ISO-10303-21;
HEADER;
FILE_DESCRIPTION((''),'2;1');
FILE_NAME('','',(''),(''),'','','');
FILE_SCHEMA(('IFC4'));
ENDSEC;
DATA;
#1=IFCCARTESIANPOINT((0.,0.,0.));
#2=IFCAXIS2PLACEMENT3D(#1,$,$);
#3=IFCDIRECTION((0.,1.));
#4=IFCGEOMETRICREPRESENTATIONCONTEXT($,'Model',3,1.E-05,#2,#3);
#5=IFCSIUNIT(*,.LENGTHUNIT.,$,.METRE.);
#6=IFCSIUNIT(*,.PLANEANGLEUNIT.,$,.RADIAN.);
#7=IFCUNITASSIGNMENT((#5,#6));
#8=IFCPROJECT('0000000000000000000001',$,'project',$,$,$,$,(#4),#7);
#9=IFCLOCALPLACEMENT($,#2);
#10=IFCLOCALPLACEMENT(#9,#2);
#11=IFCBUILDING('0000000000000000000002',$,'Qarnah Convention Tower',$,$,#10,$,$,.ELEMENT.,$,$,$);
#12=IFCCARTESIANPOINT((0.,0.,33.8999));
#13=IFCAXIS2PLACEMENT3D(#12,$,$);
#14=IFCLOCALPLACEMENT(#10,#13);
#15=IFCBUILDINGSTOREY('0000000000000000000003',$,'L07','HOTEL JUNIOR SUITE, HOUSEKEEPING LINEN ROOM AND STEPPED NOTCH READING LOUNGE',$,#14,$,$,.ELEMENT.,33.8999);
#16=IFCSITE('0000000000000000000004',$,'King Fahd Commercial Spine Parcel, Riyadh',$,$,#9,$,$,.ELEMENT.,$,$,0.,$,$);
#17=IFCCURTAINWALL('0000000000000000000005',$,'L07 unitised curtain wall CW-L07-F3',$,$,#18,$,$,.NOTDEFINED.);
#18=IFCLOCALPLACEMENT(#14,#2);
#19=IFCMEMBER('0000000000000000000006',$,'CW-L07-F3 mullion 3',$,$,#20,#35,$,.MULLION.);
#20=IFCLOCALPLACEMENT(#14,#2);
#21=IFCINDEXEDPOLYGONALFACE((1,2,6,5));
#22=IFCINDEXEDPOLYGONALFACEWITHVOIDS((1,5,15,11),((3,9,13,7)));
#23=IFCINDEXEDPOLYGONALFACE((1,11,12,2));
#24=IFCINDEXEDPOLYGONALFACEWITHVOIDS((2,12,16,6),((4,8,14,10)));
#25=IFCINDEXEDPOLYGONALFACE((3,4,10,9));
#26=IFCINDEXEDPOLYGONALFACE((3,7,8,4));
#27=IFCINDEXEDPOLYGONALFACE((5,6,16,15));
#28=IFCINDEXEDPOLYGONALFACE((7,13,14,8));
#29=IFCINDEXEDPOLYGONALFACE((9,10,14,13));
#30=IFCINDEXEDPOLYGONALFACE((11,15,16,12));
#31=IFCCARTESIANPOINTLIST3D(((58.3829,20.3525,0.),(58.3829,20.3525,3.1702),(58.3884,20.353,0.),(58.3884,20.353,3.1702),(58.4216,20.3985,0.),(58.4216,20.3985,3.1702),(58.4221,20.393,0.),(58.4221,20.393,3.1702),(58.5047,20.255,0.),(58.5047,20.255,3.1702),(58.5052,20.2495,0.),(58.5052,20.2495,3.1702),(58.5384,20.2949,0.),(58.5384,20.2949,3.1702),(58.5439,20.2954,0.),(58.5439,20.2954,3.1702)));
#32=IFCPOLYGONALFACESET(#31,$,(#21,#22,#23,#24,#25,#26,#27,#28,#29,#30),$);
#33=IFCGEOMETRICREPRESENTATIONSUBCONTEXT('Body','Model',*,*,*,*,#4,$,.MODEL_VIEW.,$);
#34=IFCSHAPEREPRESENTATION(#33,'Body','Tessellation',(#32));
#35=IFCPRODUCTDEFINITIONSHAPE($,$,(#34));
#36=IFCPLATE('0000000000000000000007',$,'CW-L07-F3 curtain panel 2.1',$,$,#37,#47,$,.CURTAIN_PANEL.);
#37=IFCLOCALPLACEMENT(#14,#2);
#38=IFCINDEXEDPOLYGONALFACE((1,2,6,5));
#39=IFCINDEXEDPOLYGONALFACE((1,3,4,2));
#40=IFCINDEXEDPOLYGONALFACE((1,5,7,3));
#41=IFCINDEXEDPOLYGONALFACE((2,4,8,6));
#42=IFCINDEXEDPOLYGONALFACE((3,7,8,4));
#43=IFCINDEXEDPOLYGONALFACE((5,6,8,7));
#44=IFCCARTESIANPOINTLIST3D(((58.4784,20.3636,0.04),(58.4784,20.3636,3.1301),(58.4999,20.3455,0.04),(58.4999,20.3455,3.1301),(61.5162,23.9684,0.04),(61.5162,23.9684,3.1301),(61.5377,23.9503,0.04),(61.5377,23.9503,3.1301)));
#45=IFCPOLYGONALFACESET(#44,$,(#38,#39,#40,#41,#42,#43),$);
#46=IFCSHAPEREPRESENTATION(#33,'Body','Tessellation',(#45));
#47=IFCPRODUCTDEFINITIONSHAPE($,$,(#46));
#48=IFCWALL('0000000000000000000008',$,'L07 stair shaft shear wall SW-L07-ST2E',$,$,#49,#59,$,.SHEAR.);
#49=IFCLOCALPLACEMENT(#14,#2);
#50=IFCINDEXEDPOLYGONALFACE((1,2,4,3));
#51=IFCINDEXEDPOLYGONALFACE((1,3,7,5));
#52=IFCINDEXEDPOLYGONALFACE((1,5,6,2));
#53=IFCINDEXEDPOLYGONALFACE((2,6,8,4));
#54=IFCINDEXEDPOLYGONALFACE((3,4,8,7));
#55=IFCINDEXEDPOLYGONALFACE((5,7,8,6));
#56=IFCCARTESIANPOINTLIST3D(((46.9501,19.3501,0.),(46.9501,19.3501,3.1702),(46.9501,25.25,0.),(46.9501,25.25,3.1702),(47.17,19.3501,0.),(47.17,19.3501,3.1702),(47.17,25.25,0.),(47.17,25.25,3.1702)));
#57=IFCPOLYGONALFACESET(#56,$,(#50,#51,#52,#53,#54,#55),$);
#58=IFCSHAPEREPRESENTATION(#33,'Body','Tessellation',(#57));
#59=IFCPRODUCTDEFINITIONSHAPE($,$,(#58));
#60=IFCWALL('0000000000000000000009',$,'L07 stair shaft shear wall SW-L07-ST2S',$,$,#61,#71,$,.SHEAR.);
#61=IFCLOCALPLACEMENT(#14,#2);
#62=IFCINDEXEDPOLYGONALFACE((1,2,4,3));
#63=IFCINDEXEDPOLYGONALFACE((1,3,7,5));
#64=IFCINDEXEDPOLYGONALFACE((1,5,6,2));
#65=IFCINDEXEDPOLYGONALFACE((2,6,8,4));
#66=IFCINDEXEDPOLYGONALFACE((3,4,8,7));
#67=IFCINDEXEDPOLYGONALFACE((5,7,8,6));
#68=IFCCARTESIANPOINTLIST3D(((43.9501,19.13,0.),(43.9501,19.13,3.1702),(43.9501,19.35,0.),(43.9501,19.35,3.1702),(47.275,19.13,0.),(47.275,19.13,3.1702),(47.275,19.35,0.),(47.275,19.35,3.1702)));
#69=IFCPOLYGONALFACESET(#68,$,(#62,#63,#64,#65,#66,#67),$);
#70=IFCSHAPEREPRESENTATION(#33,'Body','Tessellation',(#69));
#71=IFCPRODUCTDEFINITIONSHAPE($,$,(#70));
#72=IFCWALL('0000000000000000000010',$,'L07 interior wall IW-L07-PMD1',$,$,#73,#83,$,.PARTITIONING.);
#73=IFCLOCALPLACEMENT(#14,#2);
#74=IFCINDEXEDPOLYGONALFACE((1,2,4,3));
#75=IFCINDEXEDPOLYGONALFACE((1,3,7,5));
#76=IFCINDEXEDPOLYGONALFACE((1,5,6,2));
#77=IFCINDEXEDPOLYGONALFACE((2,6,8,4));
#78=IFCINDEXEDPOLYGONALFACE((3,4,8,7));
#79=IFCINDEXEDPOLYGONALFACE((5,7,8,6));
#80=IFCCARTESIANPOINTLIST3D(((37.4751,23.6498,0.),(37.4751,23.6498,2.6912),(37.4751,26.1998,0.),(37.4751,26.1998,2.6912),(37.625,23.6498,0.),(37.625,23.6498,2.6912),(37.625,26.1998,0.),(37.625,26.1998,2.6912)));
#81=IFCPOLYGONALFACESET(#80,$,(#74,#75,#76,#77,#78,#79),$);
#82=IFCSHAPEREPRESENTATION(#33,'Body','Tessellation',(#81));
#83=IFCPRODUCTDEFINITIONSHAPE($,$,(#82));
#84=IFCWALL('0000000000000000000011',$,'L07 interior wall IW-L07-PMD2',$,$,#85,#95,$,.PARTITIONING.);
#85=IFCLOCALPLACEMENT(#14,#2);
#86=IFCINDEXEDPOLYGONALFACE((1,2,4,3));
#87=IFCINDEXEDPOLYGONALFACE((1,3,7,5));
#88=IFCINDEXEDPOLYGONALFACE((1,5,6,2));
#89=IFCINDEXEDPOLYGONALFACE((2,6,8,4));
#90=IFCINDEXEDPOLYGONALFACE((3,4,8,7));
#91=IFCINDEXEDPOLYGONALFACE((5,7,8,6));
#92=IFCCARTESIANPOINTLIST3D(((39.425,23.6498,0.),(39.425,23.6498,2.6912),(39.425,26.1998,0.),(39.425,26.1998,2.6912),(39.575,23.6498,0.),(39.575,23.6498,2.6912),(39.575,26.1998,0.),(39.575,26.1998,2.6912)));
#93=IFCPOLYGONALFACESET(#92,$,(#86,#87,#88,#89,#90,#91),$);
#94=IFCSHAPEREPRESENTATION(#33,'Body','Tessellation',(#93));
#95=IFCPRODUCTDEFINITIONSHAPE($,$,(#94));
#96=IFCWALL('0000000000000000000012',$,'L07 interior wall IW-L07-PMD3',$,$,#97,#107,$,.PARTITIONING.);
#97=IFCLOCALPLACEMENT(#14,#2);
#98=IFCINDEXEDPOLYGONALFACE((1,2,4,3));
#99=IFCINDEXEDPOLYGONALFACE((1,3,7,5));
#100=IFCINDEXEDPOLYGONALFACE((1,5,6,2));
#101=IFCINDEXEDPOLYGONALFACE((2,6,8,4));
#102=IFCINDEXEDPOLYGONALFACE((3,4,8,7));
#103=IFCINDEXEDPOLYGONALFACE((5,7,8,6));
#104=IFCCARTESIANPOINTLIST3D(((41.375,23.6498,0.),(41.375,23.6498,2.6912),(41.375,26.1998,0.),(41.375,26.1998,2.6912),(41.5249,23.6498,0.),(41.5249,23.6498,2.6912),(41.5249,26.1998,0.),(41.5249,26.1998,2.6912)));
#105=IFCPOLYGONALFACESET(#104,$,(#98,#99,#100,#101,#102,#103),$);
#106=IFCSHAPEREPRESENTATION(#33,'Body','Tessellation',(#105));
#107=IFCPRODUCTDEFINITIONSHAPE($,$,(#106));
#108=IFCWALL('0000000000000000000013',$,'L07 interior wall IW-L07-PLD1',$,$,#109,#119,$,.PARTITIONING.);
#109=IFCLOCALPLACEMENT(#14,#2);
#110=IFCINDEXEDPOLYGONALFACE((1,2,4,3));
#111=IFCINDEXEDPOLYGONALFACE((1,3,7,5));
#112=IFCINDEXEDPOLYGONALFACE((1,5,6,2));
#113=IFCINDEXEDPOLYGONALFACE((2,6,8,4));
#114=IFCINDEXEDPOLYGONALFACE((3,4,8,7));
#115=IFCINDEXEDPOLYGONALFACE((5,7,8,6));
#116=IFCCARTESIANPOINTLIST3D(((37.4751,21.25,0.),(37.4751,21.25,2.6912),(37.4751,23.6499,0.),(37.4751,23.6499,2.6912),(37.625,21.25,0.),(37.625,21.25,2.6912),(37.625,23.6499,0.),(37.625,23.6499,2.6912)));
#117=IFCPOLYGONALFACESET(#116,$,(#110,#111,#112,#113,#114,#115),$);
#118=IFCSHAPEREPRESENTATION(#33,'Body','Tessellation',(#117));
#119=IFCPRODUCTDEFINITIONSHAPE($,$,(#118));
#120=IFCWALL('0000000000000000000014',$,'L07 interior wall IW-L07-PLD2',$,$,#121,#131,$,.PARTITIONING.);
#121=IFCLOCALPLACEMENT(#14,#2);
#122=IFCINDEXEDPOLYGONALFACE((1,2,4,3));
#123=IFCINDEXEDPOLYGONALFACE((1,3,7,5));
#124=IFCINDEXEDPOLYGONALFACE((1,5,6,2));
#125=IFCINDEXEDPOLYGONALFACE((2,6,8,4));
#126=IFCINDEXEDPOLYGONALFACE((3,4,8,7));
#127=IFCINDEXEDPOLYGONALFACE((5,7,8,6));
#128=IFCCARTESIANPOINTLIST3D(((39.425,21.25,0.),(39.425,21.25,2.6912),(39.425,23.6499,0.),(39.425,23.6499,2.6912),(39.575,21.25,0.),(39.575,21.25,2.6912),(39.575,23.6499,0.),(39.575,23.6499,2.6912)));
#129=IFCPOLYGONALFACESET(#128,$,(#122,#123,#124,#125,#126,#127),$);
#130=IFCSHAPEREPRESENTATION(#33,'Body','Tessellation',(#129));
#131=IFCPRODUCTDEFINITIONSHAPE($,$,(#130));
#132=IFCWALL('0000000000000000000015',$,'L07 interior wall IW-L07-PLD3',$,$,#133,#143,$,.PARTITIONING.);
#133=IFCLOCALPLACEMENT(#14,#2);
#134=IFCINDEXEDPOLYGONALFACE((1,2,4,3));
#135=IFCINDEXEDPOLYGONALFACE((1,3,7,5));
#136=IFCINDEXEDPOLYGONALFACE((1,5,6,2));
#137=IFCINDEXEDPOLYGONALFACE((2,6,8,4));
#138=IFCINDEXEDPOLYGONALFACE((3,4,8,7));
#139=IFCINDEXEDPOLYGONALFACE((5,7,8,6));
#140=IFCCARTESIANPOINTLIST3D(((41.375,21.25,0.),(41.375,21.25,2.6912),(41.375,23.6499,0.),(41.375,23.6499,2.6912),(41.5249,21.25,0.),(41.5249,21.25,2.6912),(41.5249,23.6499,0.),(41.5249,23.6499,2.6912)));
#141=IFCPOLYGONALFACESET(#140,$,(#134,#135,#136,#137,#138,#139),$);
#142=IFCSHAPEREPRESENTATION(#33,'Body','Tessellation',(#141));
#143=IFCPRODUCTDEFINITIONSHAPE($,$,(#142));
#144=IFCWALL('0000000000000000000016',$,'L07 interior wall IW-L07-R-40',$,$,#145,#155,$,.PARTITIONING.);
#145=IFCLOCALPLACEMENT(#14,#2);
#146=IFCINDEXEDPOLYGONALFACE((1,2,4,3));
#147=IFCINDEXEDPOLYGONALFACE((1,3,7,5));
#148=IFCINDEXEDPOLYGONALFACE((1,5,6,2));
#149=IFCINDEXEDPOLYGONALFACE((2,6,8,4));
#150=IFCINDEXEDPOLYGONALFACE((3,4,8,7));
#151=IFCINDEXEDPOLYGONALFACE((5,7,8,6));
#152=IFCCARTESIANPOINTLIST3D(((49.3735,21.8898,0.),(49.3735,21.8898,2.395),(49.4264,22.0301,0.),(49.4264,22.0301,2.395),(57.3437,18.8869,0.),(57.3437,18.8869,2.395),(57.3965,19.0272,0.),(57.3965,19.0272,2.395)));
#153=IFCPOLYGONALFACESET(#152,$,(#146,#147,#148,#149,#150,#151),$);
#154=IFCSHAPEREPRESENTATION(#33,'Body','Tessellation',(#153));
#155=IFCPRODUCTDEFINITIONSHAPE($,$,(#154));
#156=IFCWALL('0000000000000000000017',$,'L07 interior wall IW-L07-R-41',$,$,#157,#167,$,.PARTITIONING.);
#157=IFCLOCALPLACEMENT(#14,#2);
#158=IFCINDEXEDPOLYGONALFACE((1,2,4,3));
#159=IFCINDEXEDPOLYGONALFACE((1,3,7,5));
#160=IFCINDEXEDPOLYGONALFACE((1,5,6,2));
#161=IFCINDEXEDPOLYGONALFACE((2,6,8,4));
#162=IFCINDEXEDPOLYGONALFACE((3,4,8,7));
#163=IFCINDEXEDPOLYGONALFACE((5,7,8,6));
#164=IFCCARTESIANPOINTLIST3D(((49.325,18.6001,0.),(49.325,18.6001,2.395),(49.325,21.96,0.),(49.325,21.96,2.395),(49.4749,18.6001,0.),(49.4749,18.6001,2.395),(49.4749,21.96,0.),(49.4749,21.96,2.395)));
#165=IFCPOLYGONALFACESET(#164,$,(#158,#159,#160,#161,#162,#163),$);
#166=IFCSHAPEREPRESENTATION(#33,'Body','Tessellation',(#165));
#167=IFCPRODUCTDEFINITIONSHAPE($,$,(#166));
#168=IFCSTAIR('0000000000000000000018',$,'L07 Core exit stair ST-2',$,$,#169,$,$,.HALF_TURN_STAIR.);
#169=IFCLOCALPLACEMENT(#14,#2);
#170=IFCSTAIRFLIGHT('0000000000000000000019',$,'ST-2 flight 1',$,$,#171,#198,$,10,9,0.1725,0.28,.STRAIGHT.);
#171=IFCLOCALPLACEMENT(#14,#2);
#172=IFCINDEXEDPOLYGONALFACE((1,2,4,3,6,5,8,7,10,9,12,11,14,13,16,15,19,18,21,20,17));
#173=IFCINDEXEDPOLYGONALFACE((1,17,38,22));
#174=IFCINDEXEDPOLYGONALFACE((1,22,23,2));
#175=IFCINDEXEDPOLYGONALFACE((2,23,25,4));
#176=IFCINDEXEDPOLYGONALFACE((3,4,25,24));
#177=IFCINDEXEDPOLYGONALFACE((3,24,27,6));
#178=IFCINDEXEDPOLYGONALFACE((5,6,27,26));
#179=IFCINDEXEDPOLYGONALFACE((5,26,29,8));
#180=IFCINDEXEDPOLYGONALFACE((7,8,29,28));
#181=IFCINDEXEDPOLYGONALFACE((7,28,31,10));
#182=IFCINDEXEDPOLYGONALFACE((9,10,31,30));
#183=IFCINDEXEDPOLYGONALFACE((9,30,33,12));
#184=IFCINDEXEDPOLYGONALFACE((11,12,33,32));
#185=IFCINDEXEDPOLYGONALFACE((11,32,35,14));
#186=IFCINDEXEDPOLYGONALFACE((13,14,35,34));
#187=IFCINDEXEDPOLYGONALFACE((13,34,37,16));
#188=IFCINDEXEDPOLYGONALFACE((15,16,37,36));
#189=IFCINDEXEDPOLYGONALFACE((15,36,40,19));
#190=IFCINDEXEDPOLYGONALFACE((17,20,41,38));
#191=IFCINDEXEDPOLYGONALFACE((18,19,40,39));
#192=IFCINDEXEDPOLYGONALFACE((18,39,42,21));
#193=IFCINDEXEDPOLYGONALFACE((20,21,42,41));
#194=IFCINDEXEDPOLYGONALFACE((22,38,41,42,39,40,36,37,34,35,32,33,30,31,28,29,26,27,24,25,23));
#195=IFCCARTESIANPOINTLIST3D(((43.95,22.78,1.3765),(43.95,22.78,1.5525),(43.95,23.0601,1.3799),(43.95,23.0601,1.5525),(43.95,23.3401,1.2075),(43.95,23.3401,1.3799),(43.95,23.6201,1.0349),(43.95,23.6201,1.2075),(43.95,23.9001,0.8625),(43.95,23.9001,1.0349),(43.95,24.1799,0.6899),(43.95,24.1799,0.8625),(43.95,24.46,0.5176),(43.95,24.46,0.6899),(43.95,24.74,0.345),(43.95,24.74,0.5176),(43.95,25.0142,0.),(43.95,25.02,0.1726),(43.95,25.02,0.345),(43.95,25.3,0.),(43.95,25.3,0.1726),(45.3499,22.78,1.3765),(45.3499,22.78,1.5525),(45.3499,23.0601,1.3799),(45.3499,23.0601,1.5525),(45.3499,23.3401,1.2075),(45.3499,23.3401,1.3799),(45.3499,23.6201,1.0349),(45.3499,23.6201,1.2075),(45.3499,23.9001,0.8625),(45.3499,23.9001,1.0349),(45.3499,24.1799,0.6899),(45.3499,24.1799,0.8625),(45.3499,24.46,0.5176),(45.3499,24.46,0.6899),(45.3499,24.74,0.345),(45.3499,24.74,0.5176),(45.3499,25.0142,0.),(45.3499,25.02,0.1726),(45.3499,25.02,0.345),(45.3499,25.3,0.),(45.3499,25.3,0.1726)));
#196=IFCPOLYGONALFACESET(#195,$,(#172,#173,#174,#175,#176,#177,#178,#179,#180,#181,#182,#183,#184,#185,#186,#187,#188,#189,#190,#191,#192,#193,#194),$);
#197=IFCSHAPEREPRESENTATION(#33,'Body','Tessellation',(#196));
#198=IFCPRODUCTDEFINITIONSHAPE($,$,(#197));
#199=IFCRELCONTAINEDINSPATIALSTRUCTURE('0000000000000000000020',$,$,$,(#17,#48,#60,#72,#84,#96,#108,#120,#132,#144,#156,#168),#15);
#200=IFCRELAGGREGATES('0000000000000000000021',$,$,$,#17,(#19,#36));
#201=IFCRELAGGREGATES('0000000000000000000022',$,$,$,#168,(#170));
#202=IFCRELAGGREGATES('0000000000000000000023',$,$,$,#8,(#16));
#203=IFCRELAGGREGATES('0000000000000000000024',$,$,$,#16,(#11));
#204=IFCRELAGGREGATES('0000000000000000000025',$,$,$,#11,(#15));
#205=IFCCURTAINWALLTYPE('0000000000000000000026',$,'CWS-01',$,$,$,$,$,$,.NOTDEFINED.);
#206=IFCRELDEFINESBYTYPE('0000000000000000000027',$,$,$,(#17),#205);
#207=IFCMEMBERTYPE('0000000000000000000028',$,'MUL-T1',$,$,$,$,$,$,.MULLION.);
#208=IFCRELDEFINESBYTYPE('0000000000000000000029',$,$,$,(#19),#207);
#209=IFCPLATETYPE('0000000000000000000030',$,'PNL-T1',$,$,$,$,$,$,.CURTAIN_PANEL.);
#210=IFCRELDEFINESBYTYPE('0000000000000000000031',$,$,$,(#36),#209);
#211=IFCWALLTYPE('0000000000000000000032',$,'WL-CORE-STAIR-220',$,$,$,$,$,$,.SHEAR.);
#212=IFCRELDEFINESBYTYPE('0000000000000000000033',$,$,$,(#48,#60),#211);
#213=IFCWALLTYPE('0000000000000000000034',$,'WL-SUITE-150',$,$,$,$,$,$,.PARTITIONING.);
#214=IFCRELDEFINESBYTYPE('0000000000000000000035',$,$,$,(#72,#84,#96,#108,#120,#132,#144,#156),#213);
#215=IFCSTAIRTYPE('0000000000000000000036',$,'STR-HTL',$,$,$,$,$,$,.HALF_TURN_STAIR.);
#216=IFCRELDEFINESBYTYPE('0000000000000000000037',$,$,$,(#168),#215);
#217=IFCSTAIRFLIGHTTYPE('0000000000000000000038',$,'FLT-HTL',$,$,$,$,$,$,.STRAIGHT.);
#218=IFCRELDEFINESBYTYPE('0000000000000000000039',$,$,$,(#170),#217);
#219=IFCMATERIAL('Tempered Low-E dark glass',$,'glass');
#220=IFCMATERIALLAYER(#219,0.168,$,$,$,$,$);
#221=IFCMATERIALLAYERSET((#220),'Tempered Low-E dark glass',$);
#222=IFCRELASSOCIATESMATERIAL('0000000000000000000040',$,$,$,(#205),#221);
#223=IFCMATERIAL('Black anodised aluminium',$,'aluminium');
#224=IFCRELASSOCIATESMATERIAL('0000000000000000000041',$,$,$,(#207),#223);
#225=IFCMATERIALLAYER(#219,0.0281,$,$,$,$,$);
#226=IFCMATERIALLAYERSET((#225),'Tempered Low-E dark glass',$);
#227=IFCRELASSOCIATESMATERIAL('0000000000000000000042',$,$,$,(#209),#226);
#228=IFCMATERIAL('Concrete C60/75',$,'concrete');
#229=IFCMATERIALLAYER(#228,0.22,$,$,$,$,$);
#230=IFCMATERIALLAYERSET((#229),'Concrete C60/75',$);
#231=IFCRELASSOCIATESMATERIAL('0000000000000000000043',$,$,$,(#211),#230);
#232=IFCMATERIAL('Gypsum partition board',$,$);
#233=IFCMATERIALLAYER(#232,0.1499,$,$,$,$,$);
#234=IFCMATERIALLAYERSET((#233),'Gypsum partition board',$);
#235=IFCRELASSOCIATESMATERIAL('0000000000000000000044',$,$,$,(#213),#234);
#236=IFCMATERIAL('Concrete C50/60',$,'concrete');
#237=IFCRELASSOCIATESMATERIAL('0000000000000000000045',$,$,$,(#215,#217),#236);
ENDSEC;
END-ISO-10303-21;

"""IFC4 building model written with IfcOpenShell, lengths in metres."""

from ifc_helpers import new_model, si_unit, direction, frame, frame_2d, origin, origin_2d, place, context, subcontext, project, spatial, polyline, rectangle, hollow_rectangle, outline, extrude, material, layer, layer_set, material_profile, profile_set, type_object, element, aggregate, save


model = new_model("IFC4")

# Units and contexts
model_context = context("Model", 3, precision=1e-05, world=origin(), true_north=direction((0.0, 1.0)))
body_context = subcontext(model_context, "Body", "Model", "MODEL_VIEW")
ifc_project = project(units=[si_unit("LENGTHUNIT", "METRE"), si_unit("PLANEANGLEUNIT", "RADIAN")], contexts=[model_context])

# Site, building, storey
site_placement = place(None, origin())
site = spatial("IfcSite", under=ifc_project, at=site_placement, Name="King Fahd Commercial Spine Parcel, Riyadh", CompositionType="ELEMENT", RefElevation=0.0)
building_placement = place(site_placement, origin())
building = spatial("IfcBuilding", under=site, at=building_placement, Name="Qarnah Convention Tower", CompositionType="ELEMENT")
storey_placement = place(building_placement, frame((0.0, 0.0, 33.8999)))
storey = spatial("IfcBuildingStorey", under=building, at=storey_placement, Name="L07", Description="HOTEL JUNIOR SUITE, HOUSEKEEPING LINEN ROOM AND STEPPED NOTCH READING LOUNGE", CompositionType="ELEMENT", Elevation=33.8999)

# Shared definitions
ifc_material_1 = material(Name="Concrete C60/75", Category="concrete")

# Curtain wall, member, plate
ifc_material_2 = material(Name="Tempered Low-E dark glass", Category="glass")
ifc_layer_1 = layer(ifc_material_2, 0.168)
ifc_layer_set_1 = layer_set([ifc_layer_1], Name="Tempered Low-E dark glass")
curtain_wall_type = type_object("IfcCurtainWallType", Name="CWS-01", PredefinedType="NOTDEFINED", material=ifc_layer_set_1)
curtain_wall_placement = place(storey_placement, origin())
curtain_wall = element("IfcCurtainWall", 1, at=curtain_wall_placement, inside=storey, type_object=curtain_wall_type, Name="L07 unitised curtain wall CW-L07-F3", PredefinedType="NOTDEFINED")
ifc_material_3 = material(Name="Black anodised aluminium", Category="aluminium")
ifc_material_profile_1 = material_profile(ifc_material_3, hollow_rectangle(XDim=0.0601, YDim=0.1599, WallThickness=0.0039, at=origin_2d()), Name="MUL-60X160")
ifc_profile_set_1 = profile_set([ifc_material_profile_1], Name="Black anodised aluminium")
member_type = type_object("IfcMemberType", Name="MUL-T1", PredefinedType="MULLION", material=ifc_profile_set_1)
member_1_placement = place(storey_placement, frame((58.4634, 20.324, 0.0), z_axis=(0.0, 0.0, 1.0), x_axis=(-0.644401, -0.764688, 0.0)))
member_1 = element("IfcMember", 2, at=member_1_placement, type_object=member_type, Name="CW-L07-F3 mullion 3", PredefinedType="MULLION", context=body_context, shape_type="SweptSolid", body=[
    extrude(hollow_rectangle(XDim=0.0601, YDim=0.1599, WallThickness=0.0039, at=origin_2d()), origin(), (0.0, 0.0, 1.0), 3.1702),
])
ifc_layer_2 = layer(ifc_material_2, 0.0281)
ifc_layer_set_2 = layer_set([ifc_layer_2], Name="Tempered Low-E dark glass")
plate_type = type_object("IfcPlateType", Name="PNL-T1", PredefinedType="CURTAIN_PANEL", material=ifc_layer_set_2)
plate_placement = place(storey_placement, frame((60.0081, 22.157, 0.04), z_axis=(0.0, 0.0, 1.0), x_axis=(-0.644401, -0.764688, 0.0)))
plate = element("IfcPlate", 3, at=plate_placement, type_object=plate_type, Name="CW-L07-F3 curtain panel 2.1", PredefinedType="CURTAIN_PANEL", context=body_context, shape_type="SweptSolid", body=[
    extrude(rectangle(XDim=4.7141, YDim=0.0281, at=origin_2d()), origin(), (0.0, 0.0, 1.0), 3.0901),
])
aggregate(curtain_wall, [member_1, plate])

# Walls
ifc_layer_3 = layer(ifc_material_1, 0.22)
ifc_layer_set_3 = layer_set([ifc_layer_3], Name="Concrete C60/75")
wall_type_1 = type_object("IfcWallType", Name="WL-CORE-STAIR-220", PredefinedType="SHEAR", material=ifc_layer_set_3)
wall_1_placement = place(storey_placement, frame((47.0601, 19.3501, 0.0), z_axis=(0.0, 0.0, 1.0), x_axis=(0.0, 1.0, 0.0)))
element("IfcWall", 4, at=wall_1_placement, inside=storey, type_object=wall_type_1, Name="L07 stair shaft shear wall SW-L07-ST2E", PredefinedType="SHEAR", context=body_context, shape_type="SweptSolid", body=[
    extrude(rectangle(XDim=5.8999, YDim=0.22, at=frame_2d((2.95, 0.0))), origin(), (0.0, 0.0, 1.0), 3.1702),
])
wall_2_placement = place(storey_placement, frame((43.95, 19.24, 0.0), z_axis=(0.0, 0.0, 1.0), x_axis=(1.0, 0.0, 0.0)))
element("IfcWall", 5, at=wall_2_placement, inside=storey, type_object=wall_type_1, Name="L07 stair shaft shear wall SW-L07-ST2S", PredefinedType="SHEAR", context=body_context, shape_type="SweptSolid", body=[
    extrude(rectangle(XDim=3.325, YDim=0.22, at=frame_2d((1.6626, 0.0))), origin(), (0.0, 0.0, 1.0), 3.1702),
])
ifc_material_4 = material(Name="Gypsum partition board")
ifc_layer_4 = layer(ifc_material_4, 0.1499)
ifc_layer_set_4 = layer_set([ifc_layer_4], Name="Gypsum partition board")
wall_type_2 = type_object("IfcWallType", Name="WL-SUITE-150", PredefinedType="PARTITIONING", material=ifc_layer_set_4)
for number, where, z_axis, x_axis, name in (
    (6, (37.55, 23.6499, 0.0), (0.0, 0.0, 1.0), (0.0, 1.0, 0.0), "L07 interior wall IW-L07-PMD1"),
    (7, (39.5, 23.6499, 0.0), (0.0, 0.0, 1.0), (0.0, 1.0, 0.0), "L07 interior wall IW-L07-PMD2"),
    (8, (41.45, 23.6499, 0.0), (0.0, 0.0, 1.0), (0.0, 1.0, 0.0), "L07 interior wall IW-L07-PMD3"),
):
    element("IfcWall", number, at=place(storey_placement, frame(where, z_axis=z_axis, x_axis=x_axis)), inside=storey, type_object=wall_type_2, Name=name, PredefinedType="PARTITIONING", context=body_context, shape_type="SweptSolid", body=[
        extrude(rectangle(XDim=2.55, YDim=0.1499, at=frame_2d((1.2749, 0.0))), origin(), (0.0, 0.0, 1.0), 2.6912),
    ])
for number, where, z_axis, x_axis, name in (
    (9, (37.55, 21.25, 0.0), (0.0, 0.0, 1.0), (0.0, 1.0, 0.0), "L07 interior wall IW-L07-PLD1"),
    (10, (39.5, 21.25, 0.0), (0.0, 0.0, 1.0), (0.0, 1.0, 0.0), "L07 interior wall IW-L07-PLD2"),
    (11, (41.45, 21.25, 0.0), (0.0, 0.0, 1.0), (0.0, 1.0, 0.0), "L07 interior wall IW-L07-PLD3"),
):
    element("IfcWall", number, at=place(storey_placement, frame(where, z_axis=z_axis, x_axis=x_axis)), inside=storey, type_object=wall_type_2, Name=name, PredefinedType="PARTITIONING", context=body_context, shape_type="SweptSolid", body=[
        extrude(rectangle(XDim=2.3999, YDim=0.1499, at=frame_2d((1.2, 0.0))), origin(), (0.0, 0.0, 1.0), 2.6912),
    ])
wall_3_placement = place(storey_placement, frame((57.3701, 18.957, 0.0), z_axis=(0.0, 0.0, 1.0), x_axis=(-0.935784, 0.352574, 0.0)))
element("IfcWall", 12, at=wall_3_placement, inside=storey, type_object=wall_type_2, Name="L07 interior wall IW-L07-R-40", PredefinedType="PARTITIONING", context=body_context, shape_type="SweptSolid", body=[
    extrude(rectangle(XDim=8.5171, YDim=0.1499, at=frame_2d((4.2585, 0.0))), origin(), (0.0, 0.0, 1.0), 2.395),
])
wall_4_placement = place(storey_placement, frame((49.3999, 21.96, 0.0), z_axis=(0.0, 0.0, 1.0), x_axis=(0.0, -1.0, 0.0)))
element("IfcWall", 13, at=wall_4_placement, inside=storey, type_object=wall_type_2, Name="L07 interior wall IW-L07-R-41", PredefinedType="PARTITIONING", context=body_context, shape_type="SweptSolid", body=[
    extrude(rectangle(XDim=3.3599, YDim=0.1499, at=frame_2d((1.6799, 0.0))), origin(), (0.0, 0.0, 1.0), 2.395),
])

# Stair, stair flight
ifc_material_5 = material(Name="Concrete C50/60", Category="concrete")
stair_type = type_object("IfcStairType", Name="STR-HTL", PredefinedType="HALF_TURN_STAIR", material=ifc_material_5)
stair_placement = place(storey_placement, origin())
stair = element("IfcStair", 14, at=stair_placement, inside=storey, type_object=stair_type, Name="L07 Core exit stair ST-2", PredefinedType="HALF_TURN_STAIR")
stair_flight_type = type_object("IfcStairFlightType", Name="FLT-HTL", PredefinedType="STRAIGHT", material=ifc_material_5)
stair_flight_1_placement = place(storey_placement, frame((44.6499, 25.3, 0.0), z_axis=(0.0, 0.0, 1.0), x_axis=(0.0, -1.0, 0.0)))
stair_flight_1 = element("IfcStairFlight", 15, at=stair_flight_1_placement, type_object=stair_flight_type, Name="ST-2 flight 1", NumberOfRisers=10, NumberOfTreads=9, PredefinedType="STRAIGHT", RiserHeight=0.1725, TreadLength=0.28, context=body_context, shape_type="SweptSolid", body=[
    extrude(outline(polyline([(0.0, 0.0), (0.0, 0.1726), (0.28, 0.1726), (0.28, 0.345), (0.5601, 0.345), (0.5601, 0.5176), (0.8401, 0.5176), (0.8401, 0.6899), (1.1201, 0.6899), (1.1201, 0.8625), (1.3999, 0.8625), (1.3999, 1.0349), (1.6799, 1.0349), (1.6799, 1.2075), (1.96, 1.2075), (1.96, 1.3799), (2.24, 1.3799), (2.24, 1.5525), (2.52, 1.5525), (2.52, 1.7251), (2.52, 1.3765), (0.2859, 0.0), (0.0, 0.0)])), frame((0.0, 0.7, 0.0), z_axis=(0.0, -1.0, 0.0), x_axis=(1.0, 0.0, 0.0)), (0.0, 0.0, 1.0), 1.3999),
])
aggregate(stair, [stair_flight_1])

save(model, "model.ifc")
